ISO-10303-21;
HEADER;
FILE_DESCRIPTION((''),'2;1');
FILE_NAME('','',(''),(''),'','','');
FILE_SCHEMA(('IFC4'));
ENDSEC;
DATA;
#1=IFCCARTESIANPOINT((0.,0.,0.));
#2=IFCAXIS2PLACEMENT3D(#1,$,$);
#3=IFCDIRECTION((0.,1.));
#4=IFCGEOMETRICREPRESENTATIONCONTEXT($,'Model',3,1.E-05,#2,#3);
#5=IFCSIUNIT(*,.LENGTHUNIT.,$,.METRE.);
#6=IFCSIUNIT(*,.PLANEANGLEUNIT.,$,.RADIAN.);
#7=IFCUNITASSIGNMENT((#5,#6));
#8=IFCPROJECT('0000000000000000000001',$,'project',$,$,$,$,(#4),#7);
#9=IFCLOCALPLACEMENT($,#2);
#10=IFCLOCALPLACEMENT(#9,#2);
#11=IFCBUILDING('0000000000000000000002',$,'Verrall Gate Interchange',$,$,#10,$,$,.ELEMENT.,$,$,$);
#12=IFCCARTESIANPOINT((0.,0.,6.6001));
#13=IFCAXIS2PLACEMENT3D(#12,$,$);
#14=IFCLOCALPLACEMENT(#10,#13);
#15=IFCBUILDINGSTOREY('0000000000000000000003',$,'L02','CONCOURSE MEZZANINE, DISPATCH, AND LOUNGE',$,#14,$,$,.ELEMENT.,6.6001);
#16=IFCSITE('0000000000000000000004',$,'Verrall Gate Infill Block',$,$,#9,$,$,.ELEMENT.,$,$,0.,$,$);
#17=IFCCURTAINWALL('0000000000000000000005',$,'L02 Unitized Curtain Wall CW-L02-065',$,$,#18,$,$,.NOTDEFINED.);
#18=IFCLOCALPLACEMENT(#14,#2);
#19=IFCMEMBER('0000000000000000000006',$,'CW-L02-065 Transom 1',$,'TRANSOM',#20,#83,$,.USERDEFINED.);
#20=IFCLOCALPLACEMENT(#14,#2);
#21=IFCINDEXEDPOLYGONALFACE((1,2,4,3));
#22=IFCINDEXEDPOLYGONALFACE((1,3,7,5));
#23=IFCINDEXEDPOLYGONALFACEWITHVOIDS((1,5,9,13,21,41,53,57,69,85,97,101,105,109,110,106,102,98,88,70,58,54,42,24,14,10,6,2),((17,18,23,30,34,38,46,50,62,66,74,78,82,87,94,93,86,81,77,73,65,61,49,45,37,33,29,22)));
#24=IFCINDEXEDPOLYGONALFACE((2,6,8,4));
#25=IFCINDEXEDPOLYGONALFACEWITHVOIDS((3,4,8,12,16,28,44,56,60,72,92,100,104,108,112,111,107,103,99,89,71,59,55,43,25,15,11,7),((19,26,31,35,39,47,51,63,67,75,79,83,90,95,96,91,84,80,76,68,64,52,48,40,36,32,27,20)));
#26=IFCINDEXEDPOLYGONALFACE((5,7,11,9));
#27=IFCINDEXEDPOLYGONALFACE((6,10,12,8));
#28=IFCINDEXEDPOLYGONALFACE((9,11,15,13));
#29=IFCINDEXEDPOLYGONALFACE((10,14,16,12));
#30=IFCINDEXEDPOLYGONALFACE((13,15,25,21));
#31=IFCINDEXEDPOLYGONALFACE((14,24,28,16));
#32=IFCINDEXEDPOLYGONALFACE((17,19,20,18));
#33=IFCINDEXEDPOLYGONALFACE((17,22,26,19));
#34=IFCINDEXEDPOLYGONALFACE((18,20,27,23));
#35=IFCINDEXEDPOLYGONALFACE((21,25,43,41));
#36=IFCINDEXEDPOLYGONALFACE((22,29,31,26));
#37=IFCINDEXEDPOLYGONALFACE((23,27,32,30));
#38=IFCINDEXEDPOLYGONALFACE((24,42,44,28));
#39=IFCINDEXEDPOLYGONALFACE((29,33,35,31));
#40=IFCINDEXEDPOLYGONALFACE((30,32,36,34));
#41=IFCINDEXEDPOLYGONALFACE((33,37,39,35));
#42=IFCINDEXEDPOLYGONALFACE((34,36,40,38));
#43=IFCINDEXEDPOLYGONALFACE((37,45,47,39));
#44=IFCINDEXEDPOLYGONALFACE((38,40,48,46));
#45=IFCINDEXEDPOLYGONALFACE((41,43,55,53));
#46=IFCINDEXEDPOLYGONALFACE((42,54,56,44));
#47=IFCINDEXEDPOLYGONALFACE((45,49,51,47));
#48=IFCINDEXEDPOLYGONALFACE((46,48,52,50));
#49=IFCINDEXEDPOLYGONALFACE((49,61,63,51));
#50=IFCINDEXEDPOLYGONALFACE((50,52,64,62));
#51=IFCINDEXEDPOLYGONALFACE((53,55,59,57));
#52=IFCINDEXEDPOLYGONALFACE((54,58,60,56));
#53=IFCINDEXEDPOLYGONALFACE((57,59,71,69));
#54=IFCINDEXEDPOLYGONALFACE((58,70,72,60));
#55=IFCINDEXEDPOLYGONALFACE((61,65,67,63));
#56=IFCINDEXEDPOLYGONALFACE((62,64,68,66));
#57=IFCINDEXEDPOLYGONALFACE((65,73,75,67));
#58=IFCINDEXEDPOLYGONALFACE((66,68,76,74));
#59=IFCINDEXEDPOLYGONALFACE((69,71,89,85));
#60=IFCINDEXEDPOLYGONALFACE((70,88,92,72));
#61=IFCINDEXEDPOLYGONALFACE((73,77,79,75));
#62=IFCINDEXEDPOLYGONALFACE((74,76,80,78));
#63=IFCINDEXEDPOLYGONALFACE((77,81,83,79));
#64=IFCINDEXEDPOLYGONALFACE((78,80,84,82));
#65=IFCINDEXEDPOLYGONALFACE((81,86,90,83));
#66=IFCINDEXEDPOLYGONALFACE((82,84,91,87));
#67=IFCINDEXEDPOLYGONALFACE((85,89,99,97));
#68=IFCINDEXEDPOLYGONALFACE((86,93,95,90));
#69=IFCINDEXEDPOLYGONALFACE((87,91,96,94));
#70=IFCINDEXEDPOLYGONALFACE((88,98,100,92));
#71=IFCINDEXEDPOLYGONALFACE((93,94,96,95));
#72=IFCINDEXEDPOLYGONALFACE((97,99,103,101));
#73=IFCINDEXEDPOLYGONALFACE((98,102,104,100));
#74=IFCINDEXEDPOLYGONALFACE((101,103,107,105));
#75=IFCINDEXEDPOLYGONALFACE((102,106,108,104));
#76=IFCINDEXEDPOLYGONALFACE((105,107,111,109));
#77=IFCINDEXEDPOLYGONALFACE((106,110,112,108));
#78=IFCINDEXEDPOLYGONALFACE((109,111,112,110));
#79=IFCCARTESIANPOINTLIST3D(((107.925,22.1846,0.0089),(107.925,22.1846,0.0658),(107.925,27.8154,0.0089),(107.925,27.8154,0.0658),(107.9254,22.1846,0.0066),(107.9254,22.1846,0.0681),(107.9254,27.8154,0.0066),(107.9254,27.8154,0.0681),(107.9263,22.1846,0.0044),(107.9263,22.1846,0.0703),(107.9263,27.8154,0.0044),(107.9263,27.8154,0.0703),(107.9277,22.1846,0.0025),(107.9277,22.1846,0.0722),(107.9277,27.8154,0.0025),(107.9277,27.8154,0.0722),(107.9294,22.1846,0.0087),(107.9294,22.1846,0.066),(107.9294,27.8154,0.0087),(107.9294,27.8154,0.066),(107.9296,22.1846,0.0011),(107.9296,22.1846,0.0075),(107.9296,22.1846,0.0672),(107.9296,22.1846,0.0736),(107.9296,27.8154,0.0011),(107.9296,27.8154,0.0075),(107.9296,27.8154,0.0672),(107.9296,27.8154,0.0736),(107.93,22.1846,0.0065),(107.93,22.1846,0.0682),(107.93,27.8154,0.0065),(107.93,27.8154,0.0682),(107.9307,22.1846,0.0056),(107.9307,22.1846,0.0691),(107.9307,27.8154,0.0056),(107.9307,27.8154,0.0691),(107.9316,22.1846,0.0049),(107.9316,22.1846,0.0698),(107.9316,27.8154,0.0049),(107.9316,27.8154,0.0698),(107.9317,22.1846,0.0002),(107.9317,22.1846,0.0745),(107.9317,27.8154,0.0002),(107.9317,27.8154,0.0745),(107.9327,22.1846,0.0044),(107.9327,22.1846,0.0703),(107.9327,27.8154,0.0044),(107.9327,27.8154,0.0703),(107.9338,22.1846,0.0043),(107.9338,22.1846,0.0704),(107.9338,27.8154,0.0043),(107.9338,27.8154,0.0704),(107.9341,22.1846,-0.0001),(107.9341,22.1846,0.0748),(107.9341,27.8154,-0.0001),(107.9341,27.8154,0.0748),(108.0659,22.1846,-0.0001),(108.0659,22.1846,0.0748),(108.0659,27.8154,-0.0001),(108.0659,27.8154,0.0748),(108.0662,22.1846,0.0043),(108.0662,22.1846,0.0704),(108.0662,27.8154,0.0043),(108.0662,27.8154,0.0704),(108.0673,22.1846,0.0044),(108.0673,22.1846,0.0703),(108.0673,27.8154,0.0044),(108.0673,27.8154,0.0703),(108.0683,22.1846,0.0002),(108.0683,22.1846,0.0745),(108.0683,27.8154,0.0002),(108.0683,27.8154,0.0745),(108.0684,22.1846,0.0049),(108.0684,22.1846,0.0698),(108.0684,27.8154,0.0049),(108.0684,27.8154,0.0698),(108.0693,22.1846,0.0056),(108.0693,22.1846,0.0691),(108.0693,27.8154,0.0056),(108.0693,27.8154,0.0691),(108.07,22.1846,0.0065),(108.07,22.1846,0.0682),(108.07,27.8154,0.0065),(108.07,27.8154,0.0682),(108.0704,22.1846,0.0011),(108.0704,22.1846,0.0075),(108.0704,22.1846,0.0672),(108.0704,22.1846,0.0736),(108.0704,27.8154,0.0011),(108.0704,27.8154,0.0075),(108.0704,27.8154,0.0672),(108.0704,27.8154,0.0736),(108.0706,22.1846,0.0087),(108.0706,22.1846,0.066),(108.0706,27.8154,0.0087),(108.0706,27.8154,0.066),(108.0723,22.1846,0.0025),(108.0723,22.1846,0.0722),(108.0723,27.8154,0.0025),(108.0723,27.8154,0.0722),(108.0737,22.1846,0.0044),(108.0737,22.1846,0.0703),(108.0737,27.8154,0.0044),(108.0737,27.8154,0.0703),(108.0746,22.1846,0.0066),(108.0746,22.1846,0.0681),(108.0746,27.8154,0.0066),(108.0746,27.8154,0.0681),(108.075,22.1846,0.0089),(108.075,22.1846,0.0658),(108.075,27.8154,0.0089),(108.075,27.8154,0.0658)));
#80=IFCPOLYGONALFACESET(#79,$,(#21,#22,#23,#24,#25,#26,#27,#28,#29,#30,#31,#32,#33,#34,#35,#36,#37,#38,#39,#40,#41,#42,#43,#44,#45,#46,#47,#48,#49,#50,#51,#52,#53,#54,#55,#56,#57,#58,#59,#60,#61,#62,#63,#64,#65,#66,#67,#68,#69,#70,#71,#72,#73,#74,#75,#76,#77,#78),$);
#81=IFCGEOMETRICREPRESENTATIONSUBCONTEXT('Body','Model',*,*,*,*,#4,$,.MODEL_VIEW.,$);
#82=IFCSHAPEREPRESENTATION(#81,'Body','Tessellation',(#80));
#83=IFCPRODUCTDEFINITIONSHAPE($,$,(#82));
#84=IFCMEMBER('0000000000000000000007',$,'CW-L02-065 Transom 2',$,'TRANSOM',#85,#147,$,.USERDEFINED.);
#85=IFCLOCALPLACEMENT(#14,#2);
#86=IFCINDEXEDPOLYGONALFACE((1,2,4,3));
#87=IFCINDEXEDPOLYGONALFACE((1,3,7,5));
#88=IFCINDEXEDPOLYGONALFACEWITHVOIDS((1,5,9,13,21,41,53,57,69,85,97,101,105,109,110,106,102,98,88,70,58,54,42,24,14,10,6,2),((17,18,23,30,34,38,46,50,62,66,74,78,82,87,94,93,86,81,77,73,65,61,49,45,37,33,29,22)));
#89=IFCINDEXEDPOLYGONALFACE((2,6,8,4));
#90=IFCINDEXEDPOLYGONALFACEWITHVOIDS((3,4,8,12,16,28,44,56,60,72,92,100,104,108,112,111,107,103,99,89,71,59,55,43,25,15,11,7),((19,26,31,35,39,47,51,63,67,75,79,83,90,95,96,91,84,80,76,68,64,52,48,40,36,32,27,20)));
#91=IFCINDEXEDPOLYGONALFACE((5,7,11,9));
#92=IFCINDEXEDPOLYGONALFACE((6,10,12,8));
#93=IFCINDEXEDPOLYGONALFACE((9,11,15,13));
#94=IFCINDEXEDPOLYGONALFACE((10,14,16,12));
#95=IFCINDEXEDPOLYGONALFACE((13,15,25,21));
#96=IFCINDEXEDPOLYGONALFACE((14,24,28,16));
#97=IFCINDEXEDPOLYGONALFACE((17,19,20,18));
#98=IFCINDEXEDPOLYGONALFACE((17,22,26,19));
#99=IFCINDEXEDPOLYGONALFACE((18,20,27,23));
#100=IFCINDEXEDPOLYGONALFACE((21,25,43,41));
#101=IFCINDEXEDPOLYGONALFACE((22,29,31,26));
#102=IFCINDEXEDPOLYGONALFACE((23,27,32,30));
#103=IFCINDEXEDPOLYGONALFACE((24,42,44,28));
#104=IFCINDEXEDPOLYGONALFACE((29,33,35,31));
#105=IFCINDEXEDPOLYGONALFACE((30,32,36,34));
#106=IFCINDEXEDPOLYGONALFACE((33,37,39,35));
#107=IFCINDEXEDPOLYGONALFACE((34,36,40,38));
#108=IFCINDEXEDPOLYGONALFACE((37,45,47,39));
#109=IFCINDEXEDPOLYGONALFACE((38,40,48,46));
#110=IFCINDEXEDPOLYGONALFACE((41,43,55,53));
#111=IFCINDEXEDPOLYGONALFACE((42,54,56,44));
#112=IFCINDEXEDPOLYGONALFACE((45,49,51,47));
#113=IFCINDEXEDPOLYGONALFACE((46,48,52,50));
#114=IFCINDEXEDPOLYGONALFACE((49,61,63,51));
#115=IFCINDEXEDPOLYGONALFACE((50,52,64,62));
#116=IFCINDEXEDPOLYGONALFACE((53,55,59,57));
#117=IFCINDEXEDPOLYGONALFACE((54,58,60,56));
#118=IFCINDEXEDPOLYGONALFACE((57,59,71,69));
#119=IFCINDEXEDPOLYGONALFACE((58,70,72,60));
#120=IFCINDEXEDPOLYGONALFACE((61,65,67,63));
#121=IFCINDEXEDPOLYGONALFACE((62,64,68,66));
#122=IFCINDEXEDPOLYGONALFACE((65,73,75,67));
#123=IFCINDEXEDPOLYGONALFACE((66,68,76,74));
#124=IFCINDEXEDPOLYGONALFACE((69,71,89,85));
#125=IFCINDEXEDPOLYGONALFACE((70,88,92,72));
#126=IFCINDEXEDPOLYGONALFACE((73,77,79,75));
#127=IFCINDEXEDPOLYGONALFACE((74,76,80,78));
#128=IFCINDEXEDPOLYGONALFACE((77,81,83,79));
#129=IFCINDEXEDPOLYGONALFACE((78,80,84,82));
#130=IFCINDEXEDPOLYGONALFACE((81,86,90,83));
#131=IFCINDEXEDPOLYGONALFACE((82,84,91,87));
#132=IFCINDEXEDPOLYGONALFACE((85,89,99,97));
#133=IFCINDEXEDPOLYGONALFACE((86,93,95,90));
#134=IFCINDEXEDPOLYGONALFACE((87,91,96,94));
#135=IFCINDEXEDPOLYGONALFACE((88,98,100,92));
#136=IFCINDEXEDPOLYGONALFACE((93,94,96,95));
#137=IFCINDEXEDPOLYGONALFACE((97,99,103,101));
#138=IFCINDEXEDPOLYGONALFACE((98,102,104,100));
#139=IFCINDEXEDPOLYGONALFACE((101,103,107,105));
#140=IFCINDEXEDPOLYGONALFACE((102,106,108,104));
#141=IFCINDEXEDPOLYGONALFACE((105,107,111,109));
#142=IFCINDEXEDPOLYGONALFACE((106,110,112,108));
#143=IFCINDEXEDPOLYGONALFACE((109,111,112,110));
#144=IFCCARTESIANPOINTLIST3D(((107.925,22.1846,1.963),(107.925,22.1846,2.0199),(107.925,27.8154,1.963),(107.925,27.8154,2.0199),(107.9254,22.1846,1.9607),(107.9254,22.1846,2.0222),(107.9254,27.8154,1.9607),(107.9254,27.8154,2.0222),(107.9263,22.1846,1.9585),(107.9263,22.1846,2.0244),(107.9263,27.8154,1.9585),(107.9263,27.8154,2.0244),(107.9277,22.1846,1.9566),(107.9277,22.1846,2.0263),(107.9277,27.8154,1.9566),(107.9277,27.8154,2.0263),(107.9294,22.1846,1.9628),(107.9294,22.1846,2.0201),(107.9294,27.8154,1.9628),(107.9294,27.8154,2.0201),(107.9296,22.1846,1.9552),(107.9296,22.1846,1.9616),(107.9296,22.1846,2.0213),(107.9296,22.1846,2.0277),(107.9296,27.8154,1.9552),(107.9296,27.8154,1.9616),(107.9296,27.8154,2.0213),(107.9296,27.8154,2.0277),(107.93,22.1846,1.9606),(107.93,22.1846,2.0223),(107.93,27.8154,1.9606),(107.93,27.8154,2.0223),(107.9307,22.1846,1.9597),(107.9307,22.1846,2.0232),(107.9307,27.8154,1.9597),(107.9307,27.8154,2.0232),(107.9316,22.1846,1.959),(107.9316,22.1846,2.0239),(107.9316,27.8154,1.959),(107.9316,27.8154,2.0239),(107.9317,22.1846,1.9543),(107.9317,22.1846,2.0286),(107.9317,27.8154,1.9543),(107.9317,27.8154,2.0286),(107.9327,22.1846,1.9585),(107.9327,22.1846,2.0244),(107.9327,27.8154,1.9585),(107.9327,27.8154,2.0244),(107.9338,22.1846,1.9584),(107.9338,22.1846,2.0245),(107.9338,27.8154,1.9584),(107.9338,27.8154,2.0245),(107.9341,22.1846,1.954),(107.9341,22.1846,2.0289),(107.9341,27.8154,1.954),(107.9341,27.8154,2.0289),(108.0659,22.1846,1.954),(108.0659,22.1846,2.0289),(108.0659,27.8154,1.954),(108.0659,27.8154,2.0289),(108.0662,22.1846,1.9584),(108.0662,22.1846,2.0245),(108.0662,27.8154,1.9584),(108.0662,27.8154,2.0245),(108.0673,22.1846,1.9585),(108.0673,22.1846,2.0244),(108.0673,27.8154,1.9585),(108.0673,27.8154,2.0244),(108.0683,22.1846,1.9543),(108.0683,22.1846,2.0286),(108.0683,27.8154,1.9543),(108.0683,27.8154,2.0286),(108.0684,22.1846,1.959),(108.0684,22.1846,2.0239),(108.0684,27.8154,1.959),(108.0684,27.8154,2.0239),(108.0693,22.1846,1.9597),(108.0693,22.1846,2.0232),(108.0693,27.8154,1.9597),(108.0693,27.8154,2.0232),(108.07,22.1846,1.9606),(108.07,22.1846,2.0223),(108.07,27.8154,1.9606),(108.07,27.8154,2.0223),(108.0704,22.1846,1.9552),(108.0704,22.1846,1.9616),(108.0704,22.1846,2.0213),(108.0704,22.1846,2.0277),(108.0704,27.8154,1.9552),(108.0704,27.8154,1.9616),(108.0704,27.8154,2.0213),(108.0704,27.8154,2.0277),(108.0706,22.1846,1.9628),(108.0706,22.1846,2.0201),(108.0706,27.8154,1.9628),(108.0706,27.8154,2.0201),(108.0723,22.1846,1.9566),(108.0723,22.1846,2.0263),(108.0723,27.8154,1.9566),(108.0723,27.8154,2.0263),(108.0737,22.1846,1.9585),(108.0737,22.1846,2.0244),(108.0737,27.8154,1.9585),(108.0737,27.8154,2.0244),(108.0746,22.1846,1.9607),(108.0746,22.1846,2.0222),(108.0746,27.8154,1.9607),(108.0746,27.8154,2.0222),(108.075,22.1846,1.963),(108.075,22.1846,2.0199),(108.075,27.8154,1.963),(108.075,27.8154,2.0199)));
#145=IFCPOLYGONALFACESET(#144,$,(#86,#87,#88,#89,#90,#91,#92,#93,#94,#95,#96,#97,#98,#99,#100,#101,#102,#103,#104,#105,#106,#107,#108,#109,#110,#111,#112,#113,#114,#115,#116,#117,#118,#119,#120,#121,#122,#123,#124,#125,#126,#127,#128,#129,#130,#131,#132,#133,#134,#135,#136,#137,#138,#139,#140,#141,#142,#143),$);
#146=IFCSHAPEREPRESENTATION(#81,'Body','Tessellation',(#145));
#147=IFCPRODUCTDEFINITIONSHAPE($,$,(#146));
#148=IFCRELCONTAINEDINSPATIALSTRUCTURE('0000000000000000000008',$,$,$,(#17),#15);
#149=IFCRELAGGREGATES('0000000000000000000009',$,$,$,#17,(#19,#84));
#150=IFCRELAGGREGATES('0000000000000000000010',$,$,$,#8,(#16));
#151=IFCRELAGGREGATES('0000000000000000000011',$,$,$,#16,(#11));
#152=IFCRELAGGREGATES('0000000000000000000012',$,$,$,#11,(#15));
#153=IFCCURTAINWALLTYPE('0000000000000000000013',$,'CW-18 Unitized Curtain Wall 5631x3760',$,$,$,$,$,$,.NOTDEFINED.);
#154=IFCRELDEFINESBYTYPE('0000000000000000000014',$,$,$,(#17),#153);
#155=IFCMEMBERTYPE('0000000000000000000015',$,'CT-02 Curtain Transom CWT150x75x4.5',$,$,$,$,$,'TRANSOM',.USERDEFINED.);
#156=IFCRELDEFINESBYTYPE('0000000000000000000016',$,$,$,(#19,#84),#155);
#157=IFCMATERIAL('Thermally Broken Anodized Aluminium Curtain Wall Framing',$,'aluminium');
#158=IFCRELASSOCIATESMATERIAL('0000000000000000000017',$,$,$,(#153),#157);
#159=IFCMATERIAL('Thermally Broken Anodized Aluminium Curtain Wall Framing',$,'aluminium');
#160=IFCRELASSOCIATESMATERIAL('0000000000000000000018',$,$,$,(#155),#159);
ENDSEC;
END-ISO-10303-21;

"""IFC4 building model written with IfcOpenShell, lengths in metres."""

from ifc_helpers import new_model, si_unit, direction, frame, origin, origin_2d, place, context, subcontext, project, spatial, hollow_rectangle, extrude, material, material_profile, profile_set, type_object, element, aggregate, save


model = new_model("IFC4")

# Units and contexts
model_context = context("Model", 3, precision=1e-05, world=origin(), true_north=direction((0.0, 1.0)))
body_context = subcontext(model_context, "Body", "Model", "MODEL_VIEW")
ifc_project = project(units=[si_unit("LENGTHUNIT", "METRE"), si_unit("PLANEANGLEUNIT", "RADIAN")], contexts=[model_context])

# Site, building, storey
site_placement = place(None, origin())
site = spatial("IfcSite", under=ifc_project, at=site_placement, Name="Verrall Gate Infill Block", CompositionType="ELEMENT", RefElevation=0.0)
building_placement = place(site_placement, origin())
building = spatial("IfcBuilding", under=site, at=building_placement, Name="Verrall Gate Interchange", CompositionType="ELEMENT")
storey_placement = place(building_placement, frame((0.0, 0.0, 6.6001)))
storey = spatial("IfcBuildingStorey", under=building, at=storey_placement, Name="L02", Description="CONCOURSE MEZZANINE, DISPATCH, AND LOUNGE", CompositionType="ELEMENT", Elevation=6.6001)

# Curtain wall
ifc_material_1 = material(Name="Thermally Broken Anodized Aluminium Curtain Wall Framing", Category="aluminium")
curtain_wall_type = type_object("IfcCurtainWallType", Name="CW-18 Unitized Curtain Wall 5631x3760", PredefinedType="NOTDEFINED", material=ifc_material_1)
curtain_wall_1_placement = place(storey_placement, origin())
curtain_wall_1 = element("IfcCurtainWall", 1, at=curtain_wall_1_placement, inside=storey, type_object=curtain_wall_type, Name="L02 Unitized Curtain Wall CW-L02-065", PredefinedType="NOTDEFINED")

# Members
ifc_material_2 = material(Name="Thermally Broken Anodized Aluminium Curtain Wall Framing", Category="aluminium")
ifc_material_profile_1 = material_profile(ifc_material_2, hollow_rectangle(XDim=0.1499, YDim=0.075, WallThickness=0.0044, InnerFilletRadius=0.0044, OuterFilletRadius=0.009, at=origin_2d()), Name="CWT150x75x4.5")
ifc_profile_set_1 = profile_set([ifc_material_profile_1], Name="Thermally Broken Anodized Aluminium Curtain Wall Framing")
member_type_1 = type_object("IfcMemberType", Name="CT-02 Curtain Transom CWT150x75x4.5", ElementType="TRANSOM", PredefinedType="USERDEFINED", material=ifc_profile_set_1)
member_1_placement = place(storey_placement, frame((108.0, 22.1846, 0.0374), z_axis=(0.0, 1.0, 0.0), x_axis=(-1.0, 0.0, 0.0)))
member_1 = element("IfcMember", 2, at=member_1_placement, type_object=member_type_1, Name="CW-L02-065 Transom 1", ObjectType="TRANSOM", PredefinedType="USERDEFINED", context=body_context, shape_type="SweptSolid", body=[
    extrude(hollow_rectangle(XDim=0.1499, YDim=0.075, WallThickness=0.0044, InnerFilletRadius=0.0044, OuterFilletRadius=0.009, at=origin_2d()), origin(), (0.0, 0.0, 1.0), 5.6309),
])
member_2_placement = place(storey_placement, frame((108.0, 22.1846, 1.9915), z_axis=(0.0, 1.0, 0.0), x_axis=(-1.0, 0.0, 0.0)))
member_2 = element("IfcMember", 3, at=member_2_placement, type_object=member_type_1, Name="CW-L02-065 Transom 2", ObjectType="TRANSOM", PredefinedType="USERDEFINED", context=body_context, shape_type="SweptSolid", body=[
    extrude(hollow_rectangle(XDim=0.1499, YDim=0.075, WallThickness=0.0044, InnerFilletRadius=0.0044, OuterFilletRadius=0.009, at=origin_2d()), origin(), (0.0, 0.0, 1.0), 5.6309),
])

aggregate(curtain_wall_1, [member_1, member_2])

save(model, "model.ifc")
